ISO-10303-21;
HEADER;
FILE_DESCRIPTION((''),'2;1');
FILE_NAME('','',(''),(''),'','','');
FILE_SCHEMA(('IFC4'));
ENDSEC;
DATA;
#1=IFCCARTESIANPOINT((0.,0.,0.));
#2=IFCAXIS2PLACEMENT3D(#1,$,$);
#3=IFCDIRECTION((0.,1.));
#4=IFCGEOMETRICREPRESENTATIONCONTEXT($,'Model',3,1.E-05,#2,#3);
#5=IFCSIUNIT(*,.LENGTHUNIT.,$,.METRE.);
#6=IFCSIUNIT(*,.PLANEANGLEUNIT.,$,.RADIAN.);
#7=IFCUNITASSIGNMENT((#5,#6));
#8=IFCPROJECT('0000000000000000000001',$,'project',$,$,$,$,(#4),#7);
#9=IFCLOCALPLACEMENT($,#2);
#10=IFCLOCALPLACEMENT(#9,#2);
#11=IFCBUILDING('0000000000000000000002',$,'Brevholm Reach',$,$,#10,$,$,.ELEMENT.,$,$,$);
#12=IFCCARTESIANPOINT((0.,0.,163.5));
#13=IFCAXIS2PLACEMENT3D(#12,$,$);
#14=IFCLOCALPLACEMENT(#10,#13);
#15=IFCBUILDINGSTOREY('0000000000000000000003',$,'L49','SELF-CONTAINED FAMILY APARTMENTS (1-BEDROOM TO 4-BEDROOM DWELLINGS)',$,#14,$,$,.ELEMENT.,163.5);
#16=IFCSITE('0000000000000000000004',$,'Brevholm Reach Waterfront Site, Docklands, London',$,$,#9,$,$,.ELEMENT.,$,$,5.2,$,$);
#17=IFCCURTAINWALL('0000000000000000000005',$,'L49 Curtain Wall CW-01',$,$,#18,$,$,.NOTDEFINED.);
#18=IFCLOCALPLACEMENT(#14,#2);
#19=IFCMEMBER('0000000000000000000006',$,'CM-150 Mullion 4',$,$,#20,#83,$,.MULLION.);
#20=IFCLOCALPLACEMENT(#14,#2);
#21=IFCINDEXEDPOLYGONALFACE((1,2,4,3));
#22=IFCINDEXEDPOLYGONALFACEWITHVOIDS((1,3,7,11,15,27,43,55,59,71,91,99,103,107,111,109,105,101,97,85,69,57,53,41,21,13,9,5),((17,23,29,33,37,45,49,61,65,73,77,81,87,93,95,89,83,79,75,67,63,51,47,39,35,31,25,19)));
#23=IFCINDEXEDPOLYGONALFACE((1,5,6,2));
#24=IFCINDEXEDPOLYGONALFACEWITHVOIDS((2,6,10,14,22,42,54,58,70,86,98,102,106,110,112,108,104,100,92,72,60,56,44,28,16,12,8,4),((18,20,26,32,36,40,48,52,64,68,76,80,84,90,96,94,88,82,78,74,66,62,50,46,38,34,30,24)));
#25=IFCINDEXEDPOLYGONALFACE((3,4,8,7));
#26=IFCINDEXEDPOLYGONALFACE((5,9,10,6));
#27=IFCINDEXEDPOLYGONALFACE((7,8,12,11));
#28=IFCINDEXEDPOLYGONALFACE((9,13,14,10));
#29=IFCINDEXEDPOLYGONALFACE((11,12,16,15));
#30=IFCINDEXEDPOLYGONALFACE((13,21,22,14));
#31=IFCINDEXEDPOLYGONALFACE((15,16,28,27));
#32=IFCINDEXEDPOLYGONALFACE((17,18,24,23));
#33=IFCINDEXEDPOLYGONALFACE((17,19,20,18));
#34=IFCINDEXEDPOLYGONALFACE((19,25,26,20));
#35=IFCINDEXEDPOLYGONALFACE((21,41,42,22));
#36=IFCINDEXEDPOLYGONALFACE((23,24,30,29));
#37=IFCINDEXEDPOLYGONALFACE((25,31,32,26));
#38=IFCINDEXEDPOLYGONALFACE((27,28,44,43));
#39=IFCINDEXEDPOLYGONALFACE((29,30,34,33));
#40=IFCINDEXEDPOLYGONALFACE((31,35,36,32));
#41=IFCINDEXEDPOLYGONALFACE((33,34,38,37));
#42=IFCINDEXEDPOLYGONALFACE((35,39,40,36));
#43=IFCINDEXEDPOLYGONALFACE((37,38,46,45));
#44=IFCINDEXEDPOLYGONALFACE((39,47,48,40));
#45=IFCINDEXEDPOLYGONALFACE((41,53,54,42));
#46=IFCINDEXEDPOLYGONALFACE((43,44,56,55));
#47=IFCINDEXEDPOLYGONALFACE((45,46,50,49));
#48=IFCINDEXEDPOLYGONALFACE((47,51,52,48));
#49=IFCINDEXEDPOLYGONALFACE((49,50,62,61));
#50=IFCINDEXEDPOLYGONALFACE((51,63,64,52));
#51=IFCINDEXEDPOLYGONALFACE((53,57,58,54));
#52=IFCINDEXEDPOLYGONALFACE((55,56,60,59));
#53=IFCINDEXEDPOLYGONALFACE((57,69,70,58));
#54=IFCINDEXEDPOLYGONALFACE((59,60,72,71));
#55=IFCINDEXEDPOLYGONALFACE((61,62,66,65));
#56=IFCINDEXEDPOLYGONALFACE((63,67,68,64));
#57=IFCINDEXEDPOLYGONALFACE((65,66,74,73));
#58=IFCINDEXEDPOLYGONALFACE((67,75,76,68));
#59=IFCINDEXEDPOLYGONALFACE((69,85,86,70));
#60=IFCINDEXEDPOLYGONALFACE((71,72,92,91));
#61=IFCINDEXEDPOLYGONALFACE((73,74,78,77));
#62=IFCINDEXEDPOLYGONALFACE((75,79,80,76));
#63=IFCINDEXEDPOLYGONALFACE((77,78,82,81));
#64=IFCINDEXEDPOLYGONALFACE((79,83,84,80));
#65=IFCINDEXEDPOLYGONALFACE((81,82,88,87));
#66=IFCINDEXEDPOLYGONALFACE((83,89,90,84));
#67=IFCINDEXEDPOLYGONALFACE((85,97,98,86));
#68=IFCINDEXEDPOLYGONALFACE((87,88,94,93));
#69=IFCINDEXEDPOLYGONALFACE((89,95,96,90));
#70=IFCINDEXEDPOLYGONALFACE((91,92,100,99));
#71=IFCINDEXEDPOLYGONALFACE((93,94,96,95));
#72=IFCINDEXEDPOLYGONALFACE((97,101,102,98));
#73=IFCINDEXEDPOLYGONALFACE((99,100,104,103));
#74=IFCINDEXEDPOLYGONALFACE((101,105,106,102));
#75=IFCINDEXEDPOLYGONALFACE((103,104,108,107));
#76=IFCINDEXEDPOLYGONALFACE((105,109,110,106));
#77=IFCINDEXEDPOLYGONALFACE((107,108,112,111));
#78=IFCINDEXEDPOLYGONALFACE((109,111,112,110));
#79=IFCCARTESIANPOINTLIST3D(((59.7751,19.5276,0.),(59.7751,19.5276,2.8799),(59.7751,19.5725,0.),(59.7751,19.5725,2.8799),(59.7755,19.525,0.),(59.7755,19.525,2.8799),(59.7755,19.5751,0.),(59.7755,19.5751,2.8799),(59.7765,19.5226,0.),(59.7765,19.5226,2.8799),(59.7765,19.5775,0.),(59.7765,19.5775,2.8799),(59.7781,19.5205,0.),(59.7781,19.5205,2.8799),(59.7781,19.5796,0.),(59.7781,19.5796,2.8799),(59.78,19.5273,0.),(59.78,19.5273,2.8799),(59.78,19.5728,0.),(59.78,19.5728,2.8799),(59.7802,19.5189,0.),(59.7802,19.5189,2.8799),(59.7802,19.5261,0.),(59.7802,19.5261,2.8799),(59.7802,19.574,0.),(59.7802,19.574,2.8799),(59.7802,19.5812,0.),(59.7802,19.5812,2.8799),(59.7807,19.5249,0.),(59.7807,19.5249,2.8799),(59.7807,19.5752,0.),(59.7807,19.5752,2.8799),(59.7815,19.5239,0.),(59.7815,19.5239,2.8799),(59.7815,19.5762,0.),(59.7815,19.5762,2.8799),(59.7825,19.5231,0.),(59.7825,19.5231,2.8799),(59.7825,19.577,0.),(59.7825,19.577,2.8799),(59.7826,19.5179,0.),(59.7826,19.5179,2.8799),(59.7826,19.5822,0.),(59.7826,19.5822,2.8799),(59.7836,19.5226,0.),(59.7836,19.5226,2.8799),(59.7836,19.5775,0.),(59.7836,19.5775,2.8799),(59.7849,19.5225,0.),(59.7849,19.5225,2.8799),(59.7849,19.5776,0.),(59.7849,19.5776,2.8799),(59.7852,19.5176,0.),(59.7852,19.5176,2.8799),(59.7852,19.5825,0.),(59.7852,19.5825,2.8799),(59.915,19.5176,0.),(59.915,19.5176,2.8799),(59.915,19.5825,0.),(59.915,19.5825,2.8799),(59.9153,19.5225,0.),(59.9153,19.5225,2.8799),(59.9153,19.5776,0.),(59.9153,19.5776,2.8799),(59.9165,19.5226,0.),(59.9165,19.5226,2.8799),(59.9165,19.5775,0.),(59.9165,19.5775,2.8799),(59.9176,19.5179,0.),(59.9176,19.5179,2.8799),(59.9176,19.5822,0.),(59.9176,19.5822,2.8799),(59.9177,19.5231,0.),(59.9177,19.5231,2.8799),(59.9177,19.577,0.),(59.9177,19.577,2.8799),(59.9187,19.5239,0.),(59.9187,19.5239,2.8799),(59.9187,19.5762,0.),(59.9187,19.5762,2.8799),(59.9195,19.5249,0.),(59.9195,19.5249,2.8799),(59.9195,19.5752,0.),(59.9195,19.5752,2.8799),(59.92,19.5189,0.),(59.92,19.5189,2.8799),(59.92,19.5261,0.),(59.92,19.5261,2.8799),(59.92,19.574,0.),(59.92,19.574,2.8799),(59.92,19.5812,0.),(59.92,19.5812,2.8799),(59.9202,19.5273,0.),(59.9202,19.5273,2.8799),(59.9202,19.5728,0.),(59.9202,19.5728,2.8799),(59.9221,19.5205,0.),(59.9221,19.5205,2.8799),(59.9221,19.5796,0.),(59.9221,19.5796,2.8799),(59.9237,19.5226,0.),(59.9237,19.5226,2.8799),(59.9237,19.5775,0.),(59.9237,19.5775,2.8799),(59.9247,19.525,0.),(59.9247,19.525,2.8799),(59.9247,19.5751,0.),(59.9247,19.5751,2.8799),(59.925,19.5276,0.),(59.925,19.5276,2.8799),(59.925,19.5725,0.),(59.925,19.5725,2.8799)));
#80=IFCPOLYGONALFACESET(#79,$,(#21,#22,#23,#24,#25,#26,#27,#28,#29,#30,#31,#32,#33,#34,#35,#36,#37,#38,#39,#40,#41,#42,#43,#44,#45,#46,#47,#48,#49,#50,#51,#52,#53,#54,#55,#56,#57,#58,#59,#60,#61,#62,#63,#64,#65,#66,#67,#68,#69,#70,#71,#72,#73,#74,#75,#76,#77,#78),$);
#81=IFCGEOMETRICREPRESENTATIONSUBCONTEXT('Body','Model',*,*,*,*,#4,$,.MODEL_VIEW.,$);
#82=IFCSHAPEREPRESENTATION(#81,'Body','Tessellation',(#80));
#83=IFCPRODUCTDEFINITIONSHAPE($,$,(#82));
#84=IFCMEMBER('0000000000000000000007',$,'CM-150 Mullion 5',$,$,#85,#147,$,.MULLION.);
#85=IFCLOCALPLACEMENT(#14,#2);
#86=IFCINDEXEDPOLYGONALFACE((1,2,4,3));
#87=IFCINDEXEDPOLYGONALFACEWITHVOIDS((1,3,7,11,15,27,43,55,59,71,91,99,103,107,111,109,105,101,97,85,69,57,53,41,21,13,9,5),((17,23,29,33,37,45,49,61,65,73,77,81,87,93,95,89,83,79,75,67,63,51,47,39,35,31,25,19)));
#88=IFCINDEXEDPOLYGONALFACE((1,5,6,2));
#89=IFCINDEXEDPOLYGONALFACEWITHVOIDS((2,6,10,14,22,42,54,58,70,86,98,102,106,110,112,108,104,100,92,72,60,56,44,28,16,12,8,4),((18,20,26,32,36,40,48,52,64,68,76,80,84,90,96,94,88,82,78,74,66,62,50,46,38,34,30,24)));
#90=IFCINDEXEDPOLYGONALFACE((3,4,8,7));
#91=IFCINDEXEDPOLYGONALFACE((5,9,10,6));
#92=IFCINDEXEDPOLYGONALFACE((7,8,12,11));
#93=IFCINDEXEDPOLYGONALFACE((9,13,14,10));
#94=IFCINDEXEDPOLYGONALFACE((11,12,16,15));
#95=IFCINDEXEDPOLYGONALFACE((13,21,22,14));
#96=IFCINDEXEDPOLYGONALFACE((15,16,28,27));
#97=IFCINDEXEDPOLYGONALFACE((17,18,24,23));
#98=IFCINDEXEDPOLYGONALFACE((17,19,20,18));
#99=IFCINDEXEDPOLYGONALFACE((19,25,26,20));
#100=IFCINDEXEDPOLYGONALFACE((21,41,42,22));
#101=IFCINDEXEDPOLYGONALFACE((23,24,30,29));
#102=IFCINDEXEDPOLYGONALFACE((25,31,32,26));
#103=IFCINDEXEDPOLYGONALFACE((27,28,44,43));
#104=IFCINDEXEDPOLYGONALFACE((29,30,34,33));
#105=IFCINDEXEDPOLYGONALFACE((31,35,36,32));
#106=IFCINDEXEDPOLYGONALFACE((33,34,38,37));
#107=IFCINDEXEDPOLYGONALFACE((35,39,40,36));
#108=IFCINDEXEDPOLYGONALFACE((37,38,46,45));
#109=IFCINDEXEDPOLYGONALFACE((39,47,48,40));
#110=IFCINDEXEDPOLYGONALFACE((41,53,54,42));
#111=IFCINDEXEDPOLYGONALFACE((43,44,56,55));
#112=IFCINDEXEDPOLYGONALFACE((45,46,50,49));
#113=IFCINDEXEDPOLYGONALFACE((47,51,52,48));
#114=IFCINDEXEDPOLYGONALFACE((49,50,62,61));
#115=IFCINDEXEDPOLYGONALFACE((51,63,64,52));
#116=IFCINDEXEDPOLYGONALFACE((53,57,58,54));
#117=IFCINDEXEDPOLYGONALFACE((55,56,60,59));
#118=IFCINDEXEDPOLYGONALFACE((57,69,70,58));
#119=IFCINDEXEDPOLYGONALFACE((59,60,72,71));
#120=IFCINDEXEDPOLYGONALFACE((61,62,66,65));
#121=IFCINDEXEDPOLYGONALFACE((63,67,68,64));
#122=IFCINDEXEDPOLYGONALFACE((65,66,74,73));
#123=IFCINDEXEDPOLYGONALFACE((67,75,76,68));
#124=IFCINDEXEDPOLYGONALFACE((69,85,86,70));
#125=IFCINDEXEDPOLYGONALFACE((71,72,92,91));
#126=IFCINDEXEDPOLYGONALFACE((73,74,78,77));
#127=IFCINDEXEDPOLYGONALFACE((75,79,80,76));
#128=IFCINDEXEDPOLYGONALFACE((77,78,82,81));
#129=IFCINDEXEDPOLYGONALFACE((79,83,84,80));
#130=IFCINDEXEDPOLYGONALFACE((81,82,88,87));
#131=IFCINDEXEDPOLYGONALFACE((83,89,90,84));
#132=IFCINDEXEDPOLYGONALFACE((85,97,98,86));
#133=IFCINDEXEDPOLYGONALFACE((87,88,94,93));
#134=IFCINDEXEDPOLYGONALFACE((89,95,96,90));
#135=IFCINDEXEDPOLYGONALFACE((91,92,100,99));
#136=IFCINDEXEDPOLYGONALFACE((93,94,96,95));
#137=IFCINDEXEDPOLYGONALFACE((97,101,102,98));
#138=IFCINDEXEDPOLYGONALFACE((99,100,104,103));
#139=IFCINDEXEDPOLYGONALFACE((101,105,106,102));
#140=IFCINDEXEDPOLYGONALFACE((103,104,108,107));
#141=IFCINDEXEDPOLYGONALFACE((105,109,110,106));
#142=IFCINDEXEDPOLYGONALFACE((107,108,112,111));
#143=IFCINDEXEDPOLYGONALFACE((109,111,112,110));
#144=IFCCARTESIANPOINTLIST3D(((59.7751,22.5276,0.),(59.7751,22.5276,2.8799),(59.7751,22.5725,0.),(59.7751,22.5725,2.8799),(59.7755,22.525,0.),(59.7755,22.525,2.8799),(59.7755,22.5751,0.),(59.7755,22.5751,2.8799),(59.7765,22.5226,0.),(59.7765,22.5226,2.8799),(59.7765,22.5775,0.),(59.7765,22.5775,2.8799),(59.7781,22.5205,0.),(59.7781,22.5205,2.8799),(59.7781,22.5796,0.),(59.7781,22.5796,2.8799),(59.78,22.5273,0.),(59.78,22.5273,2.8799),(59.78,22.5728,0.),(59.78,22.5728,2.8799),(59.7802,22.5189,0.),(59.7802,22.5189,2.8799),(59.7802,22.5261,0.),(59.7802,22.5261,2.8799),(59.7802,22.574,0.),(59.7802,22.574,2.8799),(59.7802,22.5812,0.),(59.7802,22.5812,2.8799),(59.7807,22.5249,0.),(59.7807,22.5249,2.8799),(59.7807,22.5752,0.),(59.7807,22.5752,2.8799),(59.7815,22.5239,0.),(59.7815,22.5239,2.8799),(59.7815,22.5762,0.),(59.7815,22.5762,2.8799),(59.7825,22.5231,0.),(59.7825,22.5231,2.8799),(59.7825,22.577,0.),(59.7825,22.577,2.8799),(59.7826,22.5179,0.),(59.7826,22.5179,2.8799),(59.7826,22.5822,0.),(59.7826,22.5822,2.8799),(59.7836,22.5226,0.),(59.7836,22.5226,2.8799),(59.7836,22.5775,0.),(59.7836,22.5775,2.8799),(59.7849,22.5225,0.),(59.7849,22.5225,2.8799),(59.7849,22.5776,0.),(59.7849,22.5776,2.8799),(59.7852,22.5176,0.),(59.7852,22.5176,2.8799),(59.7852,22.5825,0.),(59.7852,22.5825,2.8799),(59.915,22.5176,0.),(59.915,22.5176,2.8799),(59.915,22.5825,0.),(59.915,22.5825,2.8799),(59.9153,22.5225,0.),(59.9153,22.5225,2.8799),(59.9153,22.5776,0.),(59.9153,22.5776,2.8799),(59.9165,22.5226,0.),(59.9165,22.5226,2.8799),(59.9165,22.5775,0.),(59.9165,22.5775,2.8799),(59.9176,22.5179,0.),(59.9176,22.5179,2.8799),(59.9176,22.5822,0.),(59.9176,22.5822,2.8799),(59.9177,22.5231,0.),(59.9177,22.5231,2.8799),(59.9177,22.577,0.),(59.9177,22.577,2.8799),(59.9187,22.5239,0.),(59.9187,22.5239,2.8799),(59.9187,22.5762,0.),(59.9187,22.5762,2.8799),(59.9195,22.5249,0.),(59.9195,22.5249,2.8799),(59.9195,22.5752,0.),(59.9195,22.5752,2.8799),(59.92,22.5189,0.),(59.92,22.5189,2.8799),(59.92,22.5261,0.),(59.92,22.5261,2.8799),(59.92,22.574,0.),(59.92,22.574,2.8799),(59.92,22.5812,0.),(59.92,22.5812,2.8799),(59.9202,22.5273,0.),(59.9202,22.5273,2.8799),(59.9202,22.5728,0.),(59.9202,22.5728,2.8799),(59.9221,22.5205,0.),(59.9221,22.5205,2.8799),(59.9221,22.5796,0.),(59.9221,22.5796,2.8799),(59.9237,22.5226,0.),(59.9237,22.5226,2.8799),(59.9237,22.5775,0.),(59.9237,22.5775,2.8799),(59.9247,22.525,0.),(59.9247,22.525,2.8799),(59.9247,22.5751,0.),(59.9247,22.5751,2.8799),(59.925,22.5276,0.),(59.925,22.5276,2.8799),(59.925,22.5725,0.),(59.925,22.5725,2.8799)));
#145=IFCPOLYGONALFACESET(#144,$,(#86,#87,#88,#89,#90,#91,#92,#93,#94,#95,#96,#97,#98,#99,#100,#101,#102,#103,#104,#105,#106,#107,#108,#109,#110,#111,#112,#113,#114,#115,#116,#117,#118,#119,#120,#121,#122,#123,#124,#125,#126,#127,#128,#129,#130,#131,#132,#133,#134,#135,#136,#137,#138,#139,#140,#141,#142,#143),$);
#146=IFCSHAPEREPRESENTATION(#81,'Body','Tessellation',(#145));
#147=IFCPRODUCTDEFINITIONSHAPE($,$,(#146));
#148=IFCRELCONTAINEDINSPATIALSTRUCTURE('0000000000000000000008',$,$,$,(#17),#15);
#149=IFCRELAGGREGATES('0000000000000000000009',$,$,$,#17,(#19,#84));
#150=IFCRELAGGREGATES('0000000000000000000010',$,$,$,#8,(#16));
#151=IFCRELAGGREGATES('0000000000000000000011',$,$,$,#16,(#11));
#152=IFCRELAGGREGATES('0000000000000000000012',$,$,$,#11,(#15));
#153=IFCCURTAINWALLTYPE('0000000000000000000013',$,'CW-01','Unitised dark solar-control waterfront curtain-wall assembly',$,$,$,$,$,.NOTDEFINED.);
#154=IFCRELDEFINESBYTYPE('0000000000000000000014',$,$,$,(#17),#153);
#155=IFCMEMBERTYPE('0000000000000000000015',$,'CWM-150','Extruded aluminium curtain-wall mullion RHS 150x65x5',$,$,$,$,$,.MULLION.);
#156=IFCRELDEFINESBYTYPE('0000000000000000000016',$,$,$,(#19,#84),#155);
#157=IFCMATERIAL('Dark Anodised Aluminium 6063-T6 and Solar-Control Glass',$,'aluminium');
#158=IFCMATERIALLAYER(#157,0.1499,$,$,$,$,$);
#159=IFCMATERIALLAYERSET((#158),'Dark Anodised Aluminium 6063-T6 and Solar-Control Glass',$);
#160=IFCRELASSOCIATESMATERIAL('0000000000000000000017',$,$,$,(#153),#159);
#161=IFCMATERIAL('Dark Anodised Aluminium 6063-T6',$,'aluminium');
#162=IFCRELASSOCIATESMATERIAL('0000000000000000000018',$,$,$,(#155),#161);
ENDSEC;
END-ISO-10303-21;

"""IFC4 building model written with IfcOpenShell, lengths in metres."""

from ifc_helpers import new_model, si_unit, direction, frame, origin, origin_2d, place, context, subcontext, project, spatial, hollow_rectangle, extrude, material, layer, layer_set, material_profile, profile_set, type_object, element, aggregate, save


model = new_model("IFC4")

# Units and contexts
model_context = context("Model", 3, precision=1e-05, world=origin(), true_north=direction((0.0, 1.0)))
body_context = subcontext(model_context, "Body", "Model", "MODEL_VIEW")
ifc_project = project(units=[si_unit("LENGTHUNIT", "METRE"), si_unit("PLANEANGLEUNIT", "RADIAN")], contexts=[model_context])

# Site, building, storey
site_placement = place(None, origin())
site = spatial("IfcSite", under=ifc_project, at=site_placement, Name="Brevholm Reach Waterfront Site, Docklands, London", CompositionType="ELEMENT", RefElevation=5.2)
building_placement = place(site_placement, origin())
building = spatial("IfcBuilding", under=site, at=building_placement, Name="Brevholm Reach", CompositionType="ELEMENT")
storey_placement = place(building_placement, frame((0.0, 0.0, 163.5)))
storey = spatial("IfcBuildingStorey", under=building, at=storey_placement, Name="L49", Description="SELF-CONTAINED FAMILY APARTMENTS (1-BEDROOM TO 4-BEDROOM DWELLINGS)", CompositionType="ELEMENT", Elevation=163.5)

# Curtain wall, members
ifc_material_1 = material(Name="Dark Anodised Aluminium 6063-T6 and Solar-Control Glass", Category="aluminium")
ifc_layer_1 = layer(ifc_material_1, 0.1499)
ifc_layer_set_1 = layer_set([ifc_layer_1], Name="Dark Anodised Aluminium 6063-T6 and Solar-Control Glass")
curtain_wall_type = type_object("IfcCurtainWallType", Name="CW-01", Description="Unitised dark solar-control waterfront curtain-wall assembly", PredefinedType="NOTDEFINED", material=ifc_layer_set_1)
curtain_wall_placement = place(storey_placement, origin())
curtain_wall = element("IfcCurtainWall", 1, at=curtain_wall_placement, inside=storey, type_object=curtain_wall_type, Name="L49 Curtain Wall CW-01", PredefinedType="NOTDEFINED")
ifc_material_2 = material(Name="Dark Anodised Aluminium 6063-T6", Category="aluminium")
ifc_material_profile_1 = material_profile(ifc_material_2, hollow_rectangle(XDim=0.0649, YDim=0.1499, WallThickness=0.0049, InnerFilletRadius=0.0049, OuterFilletRadius=0.01, at=origin_2d()), Name="RHS 150x65x5")
ifc_profile_set_1 = profile_set([ifc_material_profile_1], Name="Dark Anodised Aluminium 6063-T6")
member_type_1 = type_object("IfcMemberType", Name="CWM-150", Description="Extruded aluminium curtain-wall mullion RHS 150x65x5", PredefinedType="MULLION", material=ifc_profile_set_1)
member_1_placement = place(storey_placement, frame((59.8501, 19.55, 0.0), z_axis=(0.0, 0.0, 1.0), x_axis=(0.0, 1.0, 0.0)))
member_1 = element("IfcMember", 2, at=member_1_placement, type_object=member_type_1, Name="CM-150 Mullion 4", PredefinedType="MULLION", context=body_context, shape_type="SweptSolid", body=[
    extrude(hollow_rectangle(XDim=0.0649, YDim=0.1499, WallThickness=0.0049, InnerFilletRadius=0.0049, OuterFilletRadius=0.01, at=origin_2d()), origin(), (0.0, 0.0, 1.0), 2.8799),
])
member_2_placement = place(storey_placement, frame((59.8501, 22.55, 0.0), z_axis=(0.0, 0.0, 1.0), x_axis=(0.0, 1.0, 0.0)))
member_2 = element("IfcMember", 3, at=member_2_placement, type_object=member_type_1, Name="CM-150 Mullion 5", PredefinedType="MULLION", context=body_context, shape_type="SweptSolid", body=[
    extrude(hollow_rectangle(XDim=0.0649, YDim=0.1499, WallThickness=0.0049, InnerFilletRadius=0.0049, OuterFilletRadius=0.01, at=origin_2d()), origin(), (0.0, 0.0, 1.0), 2.8799),
])
aggregate(curtain_wall, [member_1, member_2])

save(model, "model.ifc")
